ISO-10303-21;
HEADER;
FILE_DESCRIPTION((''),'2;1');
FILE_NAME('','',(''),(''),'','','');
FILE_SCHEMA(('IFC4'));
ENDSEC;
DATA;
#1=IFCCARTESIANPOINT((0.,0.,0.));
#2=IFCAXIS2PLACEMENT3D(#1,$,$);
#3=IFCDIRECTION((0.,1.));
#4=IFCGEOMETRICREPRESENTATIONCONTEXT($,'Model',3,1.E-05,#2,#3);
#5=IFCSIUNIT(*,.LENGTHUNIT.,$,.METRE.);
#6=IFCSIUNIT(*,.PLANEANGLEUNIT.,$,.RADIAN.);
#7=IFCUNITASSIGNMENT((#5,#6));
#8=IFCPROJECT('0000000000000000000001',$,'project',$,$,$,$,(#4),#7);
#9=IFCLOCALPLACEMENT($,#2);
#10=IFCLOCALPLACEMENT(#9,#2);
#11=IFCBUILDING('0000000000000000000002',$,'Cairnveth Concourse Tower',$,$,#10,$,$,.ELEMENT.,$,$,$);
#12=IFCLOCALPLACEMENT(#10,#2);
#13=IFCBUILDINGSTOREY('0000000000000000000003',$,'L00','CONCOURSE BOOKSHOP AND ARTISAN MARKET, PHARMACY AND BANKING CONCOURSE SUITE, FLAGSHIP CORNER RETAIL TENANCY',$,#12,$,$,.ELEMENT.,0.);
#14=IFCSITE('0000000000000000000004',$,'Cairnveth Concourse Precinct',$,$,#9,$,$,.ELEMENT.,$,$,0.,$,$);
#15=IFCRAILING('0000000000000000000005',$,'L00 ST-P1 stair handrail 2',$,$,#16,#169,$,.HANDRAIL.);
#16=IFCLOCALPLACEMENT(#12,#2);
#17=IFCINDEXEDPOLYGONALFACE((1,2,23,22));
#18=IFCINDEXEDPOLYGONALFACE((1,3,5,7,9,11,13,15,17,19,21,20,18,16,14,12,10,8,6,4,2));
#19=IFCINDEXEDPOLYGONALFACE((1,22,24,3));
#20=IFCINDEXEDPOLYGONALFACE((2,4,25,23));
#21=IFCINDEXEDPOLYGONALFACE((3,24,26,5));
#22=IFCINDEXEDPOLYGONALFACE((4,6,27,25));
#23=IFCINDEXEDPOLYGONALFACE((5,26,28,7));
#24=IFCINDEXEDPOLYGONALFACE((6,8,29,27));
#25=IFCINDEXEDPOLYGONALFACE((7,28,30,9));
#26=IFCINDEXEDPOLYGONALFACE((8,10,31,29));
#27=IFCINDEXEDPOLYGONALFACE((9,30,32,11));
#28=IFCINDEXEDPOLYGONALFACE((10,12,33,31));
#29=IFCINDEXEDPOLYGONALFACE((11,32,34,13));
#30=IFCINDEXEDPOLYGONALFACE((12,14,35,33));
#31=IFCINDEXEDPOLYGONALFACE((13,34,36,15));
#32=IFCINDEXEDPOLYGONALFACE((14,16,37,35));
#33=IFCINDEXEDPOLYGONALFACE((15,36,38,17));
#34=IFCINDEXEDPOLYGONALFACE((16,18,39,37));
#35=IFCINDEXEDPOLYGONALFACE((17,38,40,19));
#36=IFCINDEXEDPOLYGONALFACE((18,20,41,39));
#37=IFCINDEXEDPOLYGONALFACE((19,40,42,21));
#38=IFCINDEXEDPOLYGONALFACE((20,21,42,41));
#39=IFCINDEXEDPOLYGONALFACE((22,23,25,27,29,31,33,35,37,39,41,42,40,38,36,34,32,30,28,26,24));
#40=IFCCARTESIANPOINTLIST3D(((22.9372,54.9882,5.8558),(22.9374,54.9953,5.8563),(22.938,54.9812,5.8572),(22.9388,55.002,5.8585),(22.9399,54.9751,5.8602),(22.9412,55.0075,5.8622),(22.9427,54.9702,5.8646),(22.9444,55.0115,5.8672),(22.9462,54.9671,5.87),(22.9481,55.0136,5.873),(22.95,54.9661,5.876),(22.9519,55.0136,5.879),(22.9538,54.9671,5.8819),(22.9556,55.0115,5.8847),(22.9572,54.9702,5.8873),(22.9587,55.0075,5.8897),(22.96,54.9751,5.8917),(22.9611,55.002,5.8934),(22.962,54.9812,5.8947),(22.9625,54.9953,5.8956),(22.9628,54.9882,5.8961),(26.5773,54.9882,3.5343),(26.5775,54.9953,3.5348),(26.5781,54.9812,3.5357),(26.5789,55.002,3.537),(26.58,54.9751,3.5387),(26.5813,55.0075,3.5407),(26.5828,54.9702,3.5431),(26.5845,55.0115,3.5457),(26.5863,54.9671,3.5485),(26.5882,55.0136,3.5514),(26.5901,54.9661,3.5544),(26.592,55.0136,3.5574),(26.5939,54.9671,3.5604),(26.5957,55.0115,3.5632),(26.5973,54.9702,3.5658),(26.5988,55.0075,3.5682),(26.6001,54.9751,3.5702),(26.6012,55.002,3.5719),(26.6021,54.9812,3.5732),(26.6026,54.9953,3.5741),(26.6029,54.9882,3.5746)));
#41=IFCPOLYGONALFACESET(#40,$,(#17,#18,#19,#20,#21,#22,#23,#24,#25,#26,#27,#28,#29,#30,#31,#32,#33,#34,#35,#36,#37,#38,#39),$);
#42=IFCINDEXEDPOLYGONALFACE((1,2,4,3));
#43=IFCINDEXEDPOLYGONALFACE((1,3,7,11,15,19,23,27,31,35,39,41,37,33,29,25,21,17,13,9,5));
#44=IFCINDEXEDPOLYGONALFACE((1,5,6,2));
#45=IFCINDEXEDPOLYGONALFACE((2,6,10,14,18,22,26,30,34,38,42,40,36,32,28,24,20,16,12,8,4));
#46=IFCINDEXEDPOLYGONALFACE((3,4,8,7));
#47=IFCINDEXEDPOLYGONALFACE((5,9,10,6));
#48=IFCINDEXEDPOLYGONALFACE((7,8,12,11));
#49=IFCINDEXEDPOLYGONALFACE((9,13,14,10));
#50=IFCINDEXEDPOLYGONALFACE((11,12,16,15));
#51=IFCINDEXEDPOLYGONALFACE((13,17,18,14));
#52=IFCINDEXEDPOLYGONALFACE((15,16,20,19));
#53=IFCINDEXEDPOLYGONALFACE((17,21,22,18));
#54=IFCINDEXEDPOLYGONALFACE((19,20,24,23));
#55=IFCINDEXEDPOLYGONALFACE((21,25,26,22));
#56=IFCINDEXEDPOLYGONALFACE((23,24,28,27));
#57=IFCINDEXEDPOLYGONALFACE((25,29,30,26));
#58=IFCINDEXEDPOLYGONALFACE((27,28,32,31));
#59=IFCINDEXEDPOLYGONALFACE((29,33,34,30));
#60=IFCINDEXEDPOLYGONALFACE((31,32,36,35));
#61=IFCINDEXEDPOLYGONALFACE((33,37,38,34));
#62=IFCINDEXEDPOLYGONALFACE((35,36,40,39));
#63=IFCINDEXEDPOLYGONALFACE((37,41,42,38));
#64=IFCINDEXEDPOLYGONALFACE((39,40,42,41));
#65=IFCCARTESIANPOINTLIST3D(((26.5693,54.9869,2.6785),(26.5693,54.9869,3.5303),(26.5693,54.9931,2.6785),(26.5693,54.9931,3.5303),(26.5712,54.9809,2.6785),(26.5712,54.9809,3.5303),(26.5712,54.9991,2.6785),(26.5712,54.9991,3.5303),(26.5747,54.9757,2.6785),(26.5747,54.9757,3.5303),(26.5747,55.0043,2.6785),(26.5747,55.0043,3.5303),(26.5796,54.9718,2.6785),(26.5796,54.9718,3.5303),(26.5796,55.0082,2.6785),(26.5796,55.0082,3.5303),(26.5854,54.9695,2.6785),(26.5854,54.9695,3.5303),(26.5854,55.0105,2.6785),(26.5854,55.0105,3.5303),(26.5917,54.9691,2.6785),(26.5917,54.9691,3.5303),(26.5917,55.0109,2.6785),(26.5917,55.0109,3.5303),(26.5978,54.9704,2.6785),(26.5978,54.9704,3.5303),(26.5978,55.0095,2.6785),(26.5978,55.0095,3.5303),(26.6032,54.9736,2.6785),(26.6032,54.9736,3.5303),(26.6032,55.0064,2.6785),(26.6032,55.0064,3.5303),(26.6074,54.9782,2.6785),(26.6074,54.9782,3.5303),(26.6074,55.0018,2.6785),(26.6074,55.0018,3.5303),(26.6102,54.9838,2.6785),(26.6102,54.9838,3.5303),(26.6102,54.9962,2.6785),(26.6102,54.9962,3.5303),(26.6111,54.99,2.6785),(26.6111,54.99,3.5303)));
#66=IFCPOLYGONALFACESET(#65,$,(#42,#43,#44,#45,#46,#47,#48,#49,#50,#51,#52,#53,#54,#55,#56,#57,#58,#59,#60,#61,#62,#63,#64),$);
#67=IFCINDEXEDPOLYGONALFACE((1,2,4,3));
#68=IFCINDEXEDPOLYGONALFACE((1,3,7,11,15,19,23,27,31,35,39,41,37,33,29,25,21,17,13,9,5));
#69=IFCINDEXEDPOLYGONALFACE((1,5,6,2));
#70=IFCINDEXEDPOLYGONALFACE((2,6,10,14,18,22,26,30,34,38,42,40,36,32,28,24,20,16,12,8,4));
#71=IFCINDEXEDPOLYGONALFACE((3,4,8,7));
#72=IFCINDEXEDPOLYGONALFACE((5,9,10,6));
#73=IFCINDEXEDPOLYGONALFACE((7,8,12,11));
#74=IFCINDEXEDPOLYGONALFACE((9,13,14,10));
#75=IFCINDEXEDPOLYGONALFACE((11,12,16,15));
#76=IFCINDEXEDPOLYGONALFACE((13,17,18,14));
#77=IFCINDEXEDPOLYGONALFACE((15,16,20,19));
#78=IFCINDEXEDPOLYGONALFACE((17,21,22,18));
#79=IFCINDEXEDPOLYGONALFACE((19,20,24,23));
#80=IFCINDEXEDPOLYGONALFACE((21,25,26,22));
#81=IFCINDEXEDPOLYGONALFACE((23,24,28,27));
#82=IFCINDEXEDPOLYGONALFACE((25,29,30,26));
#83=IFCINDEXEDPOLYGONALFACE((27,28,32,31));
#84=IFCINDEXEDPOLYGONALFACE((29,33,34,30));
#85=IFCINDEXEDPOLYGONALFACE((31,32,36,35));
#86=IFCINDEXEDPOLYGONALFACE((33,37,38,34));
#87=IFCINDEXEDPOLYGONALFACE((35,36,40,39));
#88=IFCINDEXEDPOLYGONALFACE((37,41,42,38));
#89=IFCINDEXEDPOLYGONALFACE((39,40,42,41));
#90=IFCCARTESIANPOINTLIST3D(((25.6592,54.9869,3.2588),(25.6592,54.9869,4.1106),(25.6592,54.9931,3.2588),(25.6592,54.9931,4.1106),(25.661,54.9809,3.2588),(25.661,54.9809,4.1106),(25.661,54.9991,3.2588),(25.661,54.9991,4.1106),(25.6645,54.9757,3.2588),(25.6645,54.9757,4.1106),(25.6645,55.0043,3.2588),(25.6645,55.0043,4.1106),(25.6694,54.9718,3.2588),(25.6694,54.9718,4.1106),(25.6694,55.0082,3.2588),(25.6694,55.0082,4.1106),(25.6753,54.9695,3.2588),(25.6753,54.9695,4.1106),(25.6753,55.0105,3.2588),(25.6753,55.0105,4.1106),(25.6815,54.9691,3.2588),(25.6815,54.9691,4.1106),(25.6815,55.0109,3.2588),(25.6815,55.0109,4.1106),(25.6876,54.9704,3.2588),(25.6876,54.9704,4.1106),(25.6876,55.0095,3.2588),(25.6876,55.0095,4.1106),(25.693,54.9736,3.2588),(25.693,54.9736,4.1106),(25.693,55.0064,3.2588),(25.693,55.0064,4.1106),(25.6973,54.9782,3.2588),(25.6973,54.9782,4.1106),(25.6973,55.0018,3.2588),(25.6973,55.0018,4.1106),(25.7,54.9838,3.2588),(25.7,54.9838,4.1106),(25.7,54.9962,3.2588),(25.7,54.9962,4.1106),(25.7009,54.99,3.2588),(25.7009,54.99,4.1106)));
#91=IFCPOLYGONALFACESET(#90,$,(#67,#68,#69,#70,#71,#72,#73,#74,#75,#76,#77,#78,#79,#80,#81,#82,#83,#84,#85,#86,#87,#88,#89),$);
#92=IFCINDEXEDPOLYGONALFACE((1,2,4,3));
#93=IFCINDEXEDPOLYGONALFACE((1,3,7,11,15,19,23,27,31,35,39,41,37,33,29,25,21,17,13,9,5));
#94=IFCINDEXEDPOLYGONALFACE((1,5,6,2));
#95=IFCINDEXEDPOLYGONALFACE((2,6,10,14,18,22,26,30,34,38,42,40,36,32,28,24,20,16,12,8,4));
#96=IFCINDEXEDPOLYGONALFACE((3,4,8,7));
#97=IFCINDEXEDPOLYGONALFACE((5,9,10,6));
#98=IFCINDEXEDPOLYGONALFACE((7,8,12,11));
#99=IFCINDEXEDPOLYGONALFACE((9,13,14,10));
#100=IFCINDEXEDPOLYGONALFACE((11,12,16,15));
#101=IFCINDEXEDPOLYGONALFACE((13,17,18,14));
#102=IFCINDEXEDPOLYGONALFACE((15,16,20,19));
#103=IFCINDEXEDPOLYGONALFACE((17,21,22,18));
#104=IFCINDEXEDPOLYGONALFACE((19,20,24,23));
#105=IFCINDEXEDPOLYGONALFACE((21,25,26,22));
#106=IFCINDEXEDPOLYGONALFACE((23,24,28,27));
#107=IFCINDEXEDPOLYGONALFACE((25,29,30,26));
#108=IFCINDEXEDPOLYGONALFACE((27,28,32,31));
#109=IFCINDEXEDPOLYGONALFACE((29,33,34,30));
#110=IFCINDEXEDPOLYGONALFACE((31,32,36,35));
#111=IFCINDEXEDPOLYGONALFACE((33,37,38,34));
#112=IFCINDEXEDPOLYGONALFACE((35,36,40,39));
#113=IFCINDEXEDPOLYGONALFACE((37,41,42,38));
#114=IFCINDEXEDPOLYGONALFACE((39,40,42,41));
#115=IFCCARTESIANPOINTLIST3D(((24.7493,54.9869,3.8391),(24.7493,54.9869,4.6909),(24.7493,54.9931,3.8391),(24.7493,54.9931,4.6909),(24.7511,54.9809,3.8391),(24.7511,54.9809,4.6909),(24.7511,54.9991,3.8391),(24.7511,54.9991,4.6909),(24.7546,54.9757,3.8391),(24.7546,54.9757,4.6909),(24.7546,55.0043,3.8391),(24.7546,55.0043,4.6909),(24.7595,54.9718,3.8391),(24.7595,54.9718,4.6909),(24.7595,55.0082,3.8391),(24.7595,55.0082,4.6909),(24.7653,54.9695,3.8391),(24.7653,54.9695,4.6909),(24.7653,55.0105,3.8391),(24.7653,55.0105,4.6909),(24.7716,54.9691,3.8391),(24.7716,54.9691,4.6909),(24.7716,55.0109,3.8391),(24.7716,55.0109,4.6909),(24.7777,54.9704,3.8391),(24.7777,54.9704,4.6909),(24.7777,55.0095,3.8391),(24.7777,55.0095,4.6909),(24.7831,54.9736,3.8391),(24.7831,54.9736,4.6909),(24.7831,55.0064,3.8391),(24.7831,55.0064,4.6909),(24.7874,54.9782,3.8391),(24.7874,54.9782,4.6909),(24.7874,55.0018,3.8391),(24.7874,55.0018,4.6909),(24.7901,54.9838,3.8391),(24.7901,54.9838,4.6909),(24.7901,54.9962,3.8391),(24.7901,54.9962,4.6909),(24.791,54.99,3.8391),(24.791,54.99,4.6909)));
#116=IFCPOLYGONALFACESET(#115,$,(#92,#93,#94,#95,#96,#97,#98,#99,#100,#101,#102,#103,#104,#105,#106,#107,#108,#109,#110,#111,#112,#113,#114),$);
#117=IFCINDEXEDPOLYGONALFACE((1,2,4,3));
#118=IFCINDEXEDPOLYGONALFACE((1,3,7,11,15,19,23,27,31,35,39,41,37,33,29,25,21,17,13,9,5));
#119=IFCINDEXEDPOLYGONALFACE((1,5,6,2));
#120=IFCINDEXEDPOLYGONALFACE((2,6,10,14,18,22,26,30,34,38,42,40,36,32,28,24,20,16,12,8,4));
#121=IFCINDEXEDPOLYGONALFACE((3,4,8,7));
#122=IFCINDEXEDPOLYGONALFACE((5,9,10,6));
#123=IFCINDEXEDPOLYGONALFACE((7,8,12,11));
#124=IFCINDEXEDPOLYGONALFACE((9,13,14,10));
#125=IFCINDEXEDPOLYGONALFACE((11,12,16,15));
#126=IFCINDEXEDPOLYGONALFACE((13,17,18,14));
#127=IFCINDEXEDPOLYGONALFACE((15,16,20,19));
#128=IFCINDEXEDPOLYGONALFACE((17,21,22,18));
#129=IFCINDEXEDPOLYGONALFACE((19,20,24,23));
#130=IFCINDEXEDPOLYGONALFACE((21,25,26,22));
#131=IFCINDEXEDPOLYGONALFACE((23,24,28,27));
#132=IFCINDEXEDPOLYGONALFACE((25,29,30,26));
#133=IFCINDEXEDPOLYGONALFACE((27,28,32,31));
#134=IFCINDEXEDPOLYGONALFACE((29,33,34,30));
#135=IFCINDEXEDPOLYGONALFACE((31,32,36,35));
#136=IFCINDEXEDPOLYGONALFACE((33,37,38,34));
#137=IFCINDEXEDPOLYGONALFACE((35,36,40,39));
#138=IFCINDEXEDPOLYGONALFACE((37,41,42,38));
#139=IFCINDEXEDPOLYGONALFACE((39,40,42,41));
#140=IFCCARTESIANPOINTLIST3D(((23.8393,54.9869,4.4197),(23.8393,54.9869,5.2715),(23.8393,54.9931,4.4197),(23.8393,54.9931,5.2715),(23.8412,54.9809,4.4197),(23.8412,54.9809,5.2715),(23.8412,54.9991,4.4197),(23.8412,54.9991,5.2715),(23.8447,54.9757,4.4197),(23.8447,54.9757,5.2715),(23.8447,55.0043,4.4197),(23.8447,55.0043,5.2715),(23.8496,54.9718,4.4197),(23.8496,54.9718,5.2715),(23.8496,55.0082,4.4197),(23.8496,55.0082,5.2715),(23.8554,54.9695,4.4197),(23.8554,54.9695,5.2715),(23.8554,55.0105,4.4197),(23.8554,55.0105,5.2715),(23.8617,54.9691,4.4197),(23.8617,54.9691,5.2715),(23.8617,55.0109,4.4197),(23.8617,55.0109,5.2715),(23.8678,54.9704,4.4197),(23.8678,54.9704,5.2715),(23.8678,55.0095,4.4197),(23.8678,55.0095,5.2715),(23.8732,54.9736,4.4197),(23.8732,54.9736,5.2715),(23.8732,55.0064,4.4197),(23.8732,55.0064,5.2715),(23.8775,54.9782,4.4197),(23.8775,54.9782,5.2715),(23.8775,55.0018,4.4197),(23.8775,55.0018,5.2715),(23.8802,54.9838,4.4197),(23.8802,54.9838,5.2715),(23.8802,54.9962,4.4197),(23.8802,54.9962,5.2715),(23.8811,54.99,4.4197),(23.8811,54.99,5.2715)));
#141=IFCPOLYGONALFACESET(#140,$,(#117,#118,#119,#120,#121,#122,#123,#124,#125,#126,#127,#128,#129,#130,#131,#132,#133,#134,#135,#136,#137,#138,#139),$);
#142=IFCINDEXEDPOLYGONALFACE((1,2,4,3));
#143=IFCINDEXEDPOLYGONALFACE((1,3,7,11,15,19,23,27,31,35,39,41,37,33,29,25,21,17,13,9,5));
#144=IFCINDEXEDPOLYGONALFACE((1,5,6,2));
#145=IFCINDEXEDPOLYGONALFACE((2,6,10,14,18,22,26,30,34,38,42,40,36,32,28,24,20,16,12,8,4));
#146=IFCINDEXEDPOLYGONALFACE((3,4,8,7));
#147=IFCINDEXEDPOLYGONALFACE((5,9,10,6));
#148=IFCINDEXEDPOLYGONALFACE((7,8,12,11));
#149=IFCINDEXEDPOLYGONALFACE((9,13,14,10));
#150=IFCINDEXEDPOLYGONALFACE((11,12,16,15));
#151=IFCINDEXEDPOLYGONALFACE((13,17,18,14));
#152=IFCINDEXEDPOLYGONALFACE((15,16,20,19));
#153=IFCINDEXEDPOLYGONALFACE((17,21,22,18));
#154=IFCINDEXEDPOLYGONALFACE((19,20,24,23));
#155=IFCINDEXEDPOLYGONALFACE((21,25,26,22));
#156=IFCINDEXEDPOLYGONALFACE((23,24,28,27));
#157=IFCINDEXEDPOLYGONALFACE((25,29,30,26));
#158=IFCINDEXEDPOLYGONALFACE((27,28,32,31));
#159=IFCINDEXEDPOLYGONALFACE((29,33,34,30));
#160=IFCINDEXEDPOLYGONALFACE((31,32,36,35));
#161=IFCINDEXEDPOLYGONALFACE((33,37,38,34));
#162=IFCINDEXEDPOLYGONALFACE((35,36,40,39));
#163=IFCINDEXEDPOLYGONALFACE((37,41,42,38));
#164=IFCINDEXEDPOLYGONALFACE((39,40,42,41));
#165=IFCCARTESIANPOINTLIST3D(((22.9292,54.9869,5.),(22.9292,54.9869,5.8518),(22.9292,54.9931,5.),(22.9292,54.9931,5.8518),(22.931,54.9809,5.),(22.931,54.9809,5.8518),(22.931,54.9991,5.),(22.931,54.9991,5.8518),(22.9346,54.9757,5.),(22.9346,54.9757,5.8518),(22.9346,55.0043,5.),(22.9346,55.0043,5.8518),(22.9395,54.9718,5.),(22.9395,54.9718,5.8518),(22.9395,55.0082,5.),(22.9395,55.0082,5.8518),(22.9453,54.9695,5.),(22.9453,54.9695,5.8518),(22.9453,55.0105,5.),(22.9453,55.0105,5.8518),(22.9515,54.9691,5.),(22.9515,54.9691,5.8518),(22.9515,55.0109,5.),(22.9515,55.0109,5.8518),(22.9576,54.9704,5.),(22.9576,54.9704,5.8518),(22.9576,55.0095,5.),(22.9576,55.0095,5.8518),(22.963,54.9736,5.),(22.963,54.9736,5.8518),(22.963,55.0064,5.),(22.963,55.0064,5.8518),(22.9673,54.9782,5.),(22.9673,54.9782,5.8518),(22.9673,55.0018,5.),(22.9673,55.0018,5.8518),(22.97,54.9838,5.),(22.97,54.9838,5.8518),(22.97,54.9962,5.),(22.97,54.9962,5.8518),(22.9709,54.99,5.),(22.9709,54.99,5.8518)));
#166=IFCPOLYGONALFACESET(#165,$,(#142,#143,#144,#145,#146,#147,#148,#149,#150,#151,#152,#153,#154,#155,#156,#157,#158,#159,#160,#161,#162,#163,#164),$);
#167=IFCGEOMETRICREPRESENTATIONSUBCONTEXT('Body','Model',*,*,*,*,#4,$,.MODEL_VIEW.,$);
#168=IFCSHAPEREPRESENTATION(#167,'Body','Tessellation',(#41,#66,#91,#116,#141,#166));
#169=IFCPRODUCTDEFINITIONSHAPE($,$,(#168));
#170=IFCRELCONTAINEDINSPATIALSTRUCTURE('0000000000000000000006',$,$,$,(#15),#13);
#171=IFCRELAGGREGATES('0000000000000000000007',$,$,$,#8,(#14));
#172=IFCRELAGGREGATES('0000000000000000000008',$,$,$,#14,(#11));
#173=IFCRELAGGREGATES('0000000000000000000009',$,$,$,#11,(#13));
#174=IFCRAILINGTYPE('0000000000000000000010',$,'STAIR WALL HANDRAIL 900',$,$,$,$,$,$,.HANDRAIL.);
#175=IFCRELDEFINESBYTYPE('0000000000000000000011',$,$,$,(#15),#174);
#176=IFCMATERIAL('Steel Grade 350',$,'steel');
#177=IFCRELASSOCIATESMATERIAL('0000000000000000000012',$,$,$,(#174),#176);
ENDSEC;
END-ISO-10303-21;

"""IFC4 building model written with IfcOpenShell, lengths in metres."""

from ifc_helpers import new_model, si_unit, direction, frame, origin, origin_2d, place, context, subcontext, project, spatial, circle, extrude, material, type_object, element, save


model = new_model("IFC4")

# Units and contexts
model_context = context("Model", 3, precision=1e-05, world=origin(), true_north=direction((0.0, 1.0)))
body_context = subcontext(model_context, "Body", "Model", "MODEL_VIEW")
ifc_project = project(units=[si_unit("LENGTHUNIT", "METRE"), si_unit("PLANEANGLEUNIT", "RADIAN")], contexts=[model_context])

# Site, building, storey
site_placement = place(None, origin())
site = spatial("IfcSite", under=ifc_project, at=site_placement, Name="Cairnveth Concourse Precinct", CompositionType="ELEMENT", RefElevation=0.0)
building_placement = place(site_placement, origin())
building = spatial("IfcBuilding", under=site, at=building_placement, Name="Cairnveth Concourse Tower", CompositionType="ELEMENT")
storey_placement = place(building_placement, origin())
storey = spatial("IfcBuildingStorey", under=building, at=storey_placement, Name="L00", Description="CONCOURSE BOOKSHOP AND ARTISAN MARKET, PHARMACY AND BANKING CONCOURSE SUITE, FLAGSHIP CORNER RETAIL TENANCY", CompositionType="ELEMENT", Elevation=0.0)

# Shared definitions
ifc_material_1 = material(Name="Steel Grade 350", Category="steel")

# Railing
railing_type_1 = type_object("IfcRailingType", Name="STAIR WALL HANDRAIL 900", PredefinedType="HANDRAIL", material=ifc_material_1)
railing_1_placement = place(storey_placement, frame((26.5901, 54.99, 2.6785)))
element("IfcRailing", 1, at=railing_1_placement, inside=storey, type_object=railing_type_1, Name="L00 ST-P1 stair handrail 2", PredefinedType="HANDRAIL", context=body_context, shape_type="SweptSolid", body=[
    extrude(circle(Radius=0.0239, at=origin_2d()), frame((0.0, 0.0, 0.876), z_axis=(-0.843128, 0.0, 0.537713), x_axis=(0.0, -1.0, 0.0)), (0.0, 0.0, 1.0), 4.3174),
    extrude(circle(Radius=0.021, at=origin_2d()), origin(), (0.0, 0.0, 1.0), 0.8518),
    extrude(circle(Radius=0.021, at=origin_2d()), frame((-0.9102, 0.0, 0.5803)), (0.0, 0.0, 1.0), 0.8518),
    extrude(circle(Radius=0.021, at=origin_2d()), frame((-1.8201, 0.0, 1.1606)), (0.0, 0.0, 1.0), 0.8518),
    extrude(circle(Radius=0.021, at=origin_2d()), frame((-2.73, 0.0, 1.7412)), (0.0, 0.0, 1.0), 0.8518),
    extrude(circle(Radius=0.021, at=origin_2d()), frame((-3.6401, 0.0, 2.3215)), (0.0, 0.0, 1.0), 0.8518),
])

save(model, "model.ifc")
